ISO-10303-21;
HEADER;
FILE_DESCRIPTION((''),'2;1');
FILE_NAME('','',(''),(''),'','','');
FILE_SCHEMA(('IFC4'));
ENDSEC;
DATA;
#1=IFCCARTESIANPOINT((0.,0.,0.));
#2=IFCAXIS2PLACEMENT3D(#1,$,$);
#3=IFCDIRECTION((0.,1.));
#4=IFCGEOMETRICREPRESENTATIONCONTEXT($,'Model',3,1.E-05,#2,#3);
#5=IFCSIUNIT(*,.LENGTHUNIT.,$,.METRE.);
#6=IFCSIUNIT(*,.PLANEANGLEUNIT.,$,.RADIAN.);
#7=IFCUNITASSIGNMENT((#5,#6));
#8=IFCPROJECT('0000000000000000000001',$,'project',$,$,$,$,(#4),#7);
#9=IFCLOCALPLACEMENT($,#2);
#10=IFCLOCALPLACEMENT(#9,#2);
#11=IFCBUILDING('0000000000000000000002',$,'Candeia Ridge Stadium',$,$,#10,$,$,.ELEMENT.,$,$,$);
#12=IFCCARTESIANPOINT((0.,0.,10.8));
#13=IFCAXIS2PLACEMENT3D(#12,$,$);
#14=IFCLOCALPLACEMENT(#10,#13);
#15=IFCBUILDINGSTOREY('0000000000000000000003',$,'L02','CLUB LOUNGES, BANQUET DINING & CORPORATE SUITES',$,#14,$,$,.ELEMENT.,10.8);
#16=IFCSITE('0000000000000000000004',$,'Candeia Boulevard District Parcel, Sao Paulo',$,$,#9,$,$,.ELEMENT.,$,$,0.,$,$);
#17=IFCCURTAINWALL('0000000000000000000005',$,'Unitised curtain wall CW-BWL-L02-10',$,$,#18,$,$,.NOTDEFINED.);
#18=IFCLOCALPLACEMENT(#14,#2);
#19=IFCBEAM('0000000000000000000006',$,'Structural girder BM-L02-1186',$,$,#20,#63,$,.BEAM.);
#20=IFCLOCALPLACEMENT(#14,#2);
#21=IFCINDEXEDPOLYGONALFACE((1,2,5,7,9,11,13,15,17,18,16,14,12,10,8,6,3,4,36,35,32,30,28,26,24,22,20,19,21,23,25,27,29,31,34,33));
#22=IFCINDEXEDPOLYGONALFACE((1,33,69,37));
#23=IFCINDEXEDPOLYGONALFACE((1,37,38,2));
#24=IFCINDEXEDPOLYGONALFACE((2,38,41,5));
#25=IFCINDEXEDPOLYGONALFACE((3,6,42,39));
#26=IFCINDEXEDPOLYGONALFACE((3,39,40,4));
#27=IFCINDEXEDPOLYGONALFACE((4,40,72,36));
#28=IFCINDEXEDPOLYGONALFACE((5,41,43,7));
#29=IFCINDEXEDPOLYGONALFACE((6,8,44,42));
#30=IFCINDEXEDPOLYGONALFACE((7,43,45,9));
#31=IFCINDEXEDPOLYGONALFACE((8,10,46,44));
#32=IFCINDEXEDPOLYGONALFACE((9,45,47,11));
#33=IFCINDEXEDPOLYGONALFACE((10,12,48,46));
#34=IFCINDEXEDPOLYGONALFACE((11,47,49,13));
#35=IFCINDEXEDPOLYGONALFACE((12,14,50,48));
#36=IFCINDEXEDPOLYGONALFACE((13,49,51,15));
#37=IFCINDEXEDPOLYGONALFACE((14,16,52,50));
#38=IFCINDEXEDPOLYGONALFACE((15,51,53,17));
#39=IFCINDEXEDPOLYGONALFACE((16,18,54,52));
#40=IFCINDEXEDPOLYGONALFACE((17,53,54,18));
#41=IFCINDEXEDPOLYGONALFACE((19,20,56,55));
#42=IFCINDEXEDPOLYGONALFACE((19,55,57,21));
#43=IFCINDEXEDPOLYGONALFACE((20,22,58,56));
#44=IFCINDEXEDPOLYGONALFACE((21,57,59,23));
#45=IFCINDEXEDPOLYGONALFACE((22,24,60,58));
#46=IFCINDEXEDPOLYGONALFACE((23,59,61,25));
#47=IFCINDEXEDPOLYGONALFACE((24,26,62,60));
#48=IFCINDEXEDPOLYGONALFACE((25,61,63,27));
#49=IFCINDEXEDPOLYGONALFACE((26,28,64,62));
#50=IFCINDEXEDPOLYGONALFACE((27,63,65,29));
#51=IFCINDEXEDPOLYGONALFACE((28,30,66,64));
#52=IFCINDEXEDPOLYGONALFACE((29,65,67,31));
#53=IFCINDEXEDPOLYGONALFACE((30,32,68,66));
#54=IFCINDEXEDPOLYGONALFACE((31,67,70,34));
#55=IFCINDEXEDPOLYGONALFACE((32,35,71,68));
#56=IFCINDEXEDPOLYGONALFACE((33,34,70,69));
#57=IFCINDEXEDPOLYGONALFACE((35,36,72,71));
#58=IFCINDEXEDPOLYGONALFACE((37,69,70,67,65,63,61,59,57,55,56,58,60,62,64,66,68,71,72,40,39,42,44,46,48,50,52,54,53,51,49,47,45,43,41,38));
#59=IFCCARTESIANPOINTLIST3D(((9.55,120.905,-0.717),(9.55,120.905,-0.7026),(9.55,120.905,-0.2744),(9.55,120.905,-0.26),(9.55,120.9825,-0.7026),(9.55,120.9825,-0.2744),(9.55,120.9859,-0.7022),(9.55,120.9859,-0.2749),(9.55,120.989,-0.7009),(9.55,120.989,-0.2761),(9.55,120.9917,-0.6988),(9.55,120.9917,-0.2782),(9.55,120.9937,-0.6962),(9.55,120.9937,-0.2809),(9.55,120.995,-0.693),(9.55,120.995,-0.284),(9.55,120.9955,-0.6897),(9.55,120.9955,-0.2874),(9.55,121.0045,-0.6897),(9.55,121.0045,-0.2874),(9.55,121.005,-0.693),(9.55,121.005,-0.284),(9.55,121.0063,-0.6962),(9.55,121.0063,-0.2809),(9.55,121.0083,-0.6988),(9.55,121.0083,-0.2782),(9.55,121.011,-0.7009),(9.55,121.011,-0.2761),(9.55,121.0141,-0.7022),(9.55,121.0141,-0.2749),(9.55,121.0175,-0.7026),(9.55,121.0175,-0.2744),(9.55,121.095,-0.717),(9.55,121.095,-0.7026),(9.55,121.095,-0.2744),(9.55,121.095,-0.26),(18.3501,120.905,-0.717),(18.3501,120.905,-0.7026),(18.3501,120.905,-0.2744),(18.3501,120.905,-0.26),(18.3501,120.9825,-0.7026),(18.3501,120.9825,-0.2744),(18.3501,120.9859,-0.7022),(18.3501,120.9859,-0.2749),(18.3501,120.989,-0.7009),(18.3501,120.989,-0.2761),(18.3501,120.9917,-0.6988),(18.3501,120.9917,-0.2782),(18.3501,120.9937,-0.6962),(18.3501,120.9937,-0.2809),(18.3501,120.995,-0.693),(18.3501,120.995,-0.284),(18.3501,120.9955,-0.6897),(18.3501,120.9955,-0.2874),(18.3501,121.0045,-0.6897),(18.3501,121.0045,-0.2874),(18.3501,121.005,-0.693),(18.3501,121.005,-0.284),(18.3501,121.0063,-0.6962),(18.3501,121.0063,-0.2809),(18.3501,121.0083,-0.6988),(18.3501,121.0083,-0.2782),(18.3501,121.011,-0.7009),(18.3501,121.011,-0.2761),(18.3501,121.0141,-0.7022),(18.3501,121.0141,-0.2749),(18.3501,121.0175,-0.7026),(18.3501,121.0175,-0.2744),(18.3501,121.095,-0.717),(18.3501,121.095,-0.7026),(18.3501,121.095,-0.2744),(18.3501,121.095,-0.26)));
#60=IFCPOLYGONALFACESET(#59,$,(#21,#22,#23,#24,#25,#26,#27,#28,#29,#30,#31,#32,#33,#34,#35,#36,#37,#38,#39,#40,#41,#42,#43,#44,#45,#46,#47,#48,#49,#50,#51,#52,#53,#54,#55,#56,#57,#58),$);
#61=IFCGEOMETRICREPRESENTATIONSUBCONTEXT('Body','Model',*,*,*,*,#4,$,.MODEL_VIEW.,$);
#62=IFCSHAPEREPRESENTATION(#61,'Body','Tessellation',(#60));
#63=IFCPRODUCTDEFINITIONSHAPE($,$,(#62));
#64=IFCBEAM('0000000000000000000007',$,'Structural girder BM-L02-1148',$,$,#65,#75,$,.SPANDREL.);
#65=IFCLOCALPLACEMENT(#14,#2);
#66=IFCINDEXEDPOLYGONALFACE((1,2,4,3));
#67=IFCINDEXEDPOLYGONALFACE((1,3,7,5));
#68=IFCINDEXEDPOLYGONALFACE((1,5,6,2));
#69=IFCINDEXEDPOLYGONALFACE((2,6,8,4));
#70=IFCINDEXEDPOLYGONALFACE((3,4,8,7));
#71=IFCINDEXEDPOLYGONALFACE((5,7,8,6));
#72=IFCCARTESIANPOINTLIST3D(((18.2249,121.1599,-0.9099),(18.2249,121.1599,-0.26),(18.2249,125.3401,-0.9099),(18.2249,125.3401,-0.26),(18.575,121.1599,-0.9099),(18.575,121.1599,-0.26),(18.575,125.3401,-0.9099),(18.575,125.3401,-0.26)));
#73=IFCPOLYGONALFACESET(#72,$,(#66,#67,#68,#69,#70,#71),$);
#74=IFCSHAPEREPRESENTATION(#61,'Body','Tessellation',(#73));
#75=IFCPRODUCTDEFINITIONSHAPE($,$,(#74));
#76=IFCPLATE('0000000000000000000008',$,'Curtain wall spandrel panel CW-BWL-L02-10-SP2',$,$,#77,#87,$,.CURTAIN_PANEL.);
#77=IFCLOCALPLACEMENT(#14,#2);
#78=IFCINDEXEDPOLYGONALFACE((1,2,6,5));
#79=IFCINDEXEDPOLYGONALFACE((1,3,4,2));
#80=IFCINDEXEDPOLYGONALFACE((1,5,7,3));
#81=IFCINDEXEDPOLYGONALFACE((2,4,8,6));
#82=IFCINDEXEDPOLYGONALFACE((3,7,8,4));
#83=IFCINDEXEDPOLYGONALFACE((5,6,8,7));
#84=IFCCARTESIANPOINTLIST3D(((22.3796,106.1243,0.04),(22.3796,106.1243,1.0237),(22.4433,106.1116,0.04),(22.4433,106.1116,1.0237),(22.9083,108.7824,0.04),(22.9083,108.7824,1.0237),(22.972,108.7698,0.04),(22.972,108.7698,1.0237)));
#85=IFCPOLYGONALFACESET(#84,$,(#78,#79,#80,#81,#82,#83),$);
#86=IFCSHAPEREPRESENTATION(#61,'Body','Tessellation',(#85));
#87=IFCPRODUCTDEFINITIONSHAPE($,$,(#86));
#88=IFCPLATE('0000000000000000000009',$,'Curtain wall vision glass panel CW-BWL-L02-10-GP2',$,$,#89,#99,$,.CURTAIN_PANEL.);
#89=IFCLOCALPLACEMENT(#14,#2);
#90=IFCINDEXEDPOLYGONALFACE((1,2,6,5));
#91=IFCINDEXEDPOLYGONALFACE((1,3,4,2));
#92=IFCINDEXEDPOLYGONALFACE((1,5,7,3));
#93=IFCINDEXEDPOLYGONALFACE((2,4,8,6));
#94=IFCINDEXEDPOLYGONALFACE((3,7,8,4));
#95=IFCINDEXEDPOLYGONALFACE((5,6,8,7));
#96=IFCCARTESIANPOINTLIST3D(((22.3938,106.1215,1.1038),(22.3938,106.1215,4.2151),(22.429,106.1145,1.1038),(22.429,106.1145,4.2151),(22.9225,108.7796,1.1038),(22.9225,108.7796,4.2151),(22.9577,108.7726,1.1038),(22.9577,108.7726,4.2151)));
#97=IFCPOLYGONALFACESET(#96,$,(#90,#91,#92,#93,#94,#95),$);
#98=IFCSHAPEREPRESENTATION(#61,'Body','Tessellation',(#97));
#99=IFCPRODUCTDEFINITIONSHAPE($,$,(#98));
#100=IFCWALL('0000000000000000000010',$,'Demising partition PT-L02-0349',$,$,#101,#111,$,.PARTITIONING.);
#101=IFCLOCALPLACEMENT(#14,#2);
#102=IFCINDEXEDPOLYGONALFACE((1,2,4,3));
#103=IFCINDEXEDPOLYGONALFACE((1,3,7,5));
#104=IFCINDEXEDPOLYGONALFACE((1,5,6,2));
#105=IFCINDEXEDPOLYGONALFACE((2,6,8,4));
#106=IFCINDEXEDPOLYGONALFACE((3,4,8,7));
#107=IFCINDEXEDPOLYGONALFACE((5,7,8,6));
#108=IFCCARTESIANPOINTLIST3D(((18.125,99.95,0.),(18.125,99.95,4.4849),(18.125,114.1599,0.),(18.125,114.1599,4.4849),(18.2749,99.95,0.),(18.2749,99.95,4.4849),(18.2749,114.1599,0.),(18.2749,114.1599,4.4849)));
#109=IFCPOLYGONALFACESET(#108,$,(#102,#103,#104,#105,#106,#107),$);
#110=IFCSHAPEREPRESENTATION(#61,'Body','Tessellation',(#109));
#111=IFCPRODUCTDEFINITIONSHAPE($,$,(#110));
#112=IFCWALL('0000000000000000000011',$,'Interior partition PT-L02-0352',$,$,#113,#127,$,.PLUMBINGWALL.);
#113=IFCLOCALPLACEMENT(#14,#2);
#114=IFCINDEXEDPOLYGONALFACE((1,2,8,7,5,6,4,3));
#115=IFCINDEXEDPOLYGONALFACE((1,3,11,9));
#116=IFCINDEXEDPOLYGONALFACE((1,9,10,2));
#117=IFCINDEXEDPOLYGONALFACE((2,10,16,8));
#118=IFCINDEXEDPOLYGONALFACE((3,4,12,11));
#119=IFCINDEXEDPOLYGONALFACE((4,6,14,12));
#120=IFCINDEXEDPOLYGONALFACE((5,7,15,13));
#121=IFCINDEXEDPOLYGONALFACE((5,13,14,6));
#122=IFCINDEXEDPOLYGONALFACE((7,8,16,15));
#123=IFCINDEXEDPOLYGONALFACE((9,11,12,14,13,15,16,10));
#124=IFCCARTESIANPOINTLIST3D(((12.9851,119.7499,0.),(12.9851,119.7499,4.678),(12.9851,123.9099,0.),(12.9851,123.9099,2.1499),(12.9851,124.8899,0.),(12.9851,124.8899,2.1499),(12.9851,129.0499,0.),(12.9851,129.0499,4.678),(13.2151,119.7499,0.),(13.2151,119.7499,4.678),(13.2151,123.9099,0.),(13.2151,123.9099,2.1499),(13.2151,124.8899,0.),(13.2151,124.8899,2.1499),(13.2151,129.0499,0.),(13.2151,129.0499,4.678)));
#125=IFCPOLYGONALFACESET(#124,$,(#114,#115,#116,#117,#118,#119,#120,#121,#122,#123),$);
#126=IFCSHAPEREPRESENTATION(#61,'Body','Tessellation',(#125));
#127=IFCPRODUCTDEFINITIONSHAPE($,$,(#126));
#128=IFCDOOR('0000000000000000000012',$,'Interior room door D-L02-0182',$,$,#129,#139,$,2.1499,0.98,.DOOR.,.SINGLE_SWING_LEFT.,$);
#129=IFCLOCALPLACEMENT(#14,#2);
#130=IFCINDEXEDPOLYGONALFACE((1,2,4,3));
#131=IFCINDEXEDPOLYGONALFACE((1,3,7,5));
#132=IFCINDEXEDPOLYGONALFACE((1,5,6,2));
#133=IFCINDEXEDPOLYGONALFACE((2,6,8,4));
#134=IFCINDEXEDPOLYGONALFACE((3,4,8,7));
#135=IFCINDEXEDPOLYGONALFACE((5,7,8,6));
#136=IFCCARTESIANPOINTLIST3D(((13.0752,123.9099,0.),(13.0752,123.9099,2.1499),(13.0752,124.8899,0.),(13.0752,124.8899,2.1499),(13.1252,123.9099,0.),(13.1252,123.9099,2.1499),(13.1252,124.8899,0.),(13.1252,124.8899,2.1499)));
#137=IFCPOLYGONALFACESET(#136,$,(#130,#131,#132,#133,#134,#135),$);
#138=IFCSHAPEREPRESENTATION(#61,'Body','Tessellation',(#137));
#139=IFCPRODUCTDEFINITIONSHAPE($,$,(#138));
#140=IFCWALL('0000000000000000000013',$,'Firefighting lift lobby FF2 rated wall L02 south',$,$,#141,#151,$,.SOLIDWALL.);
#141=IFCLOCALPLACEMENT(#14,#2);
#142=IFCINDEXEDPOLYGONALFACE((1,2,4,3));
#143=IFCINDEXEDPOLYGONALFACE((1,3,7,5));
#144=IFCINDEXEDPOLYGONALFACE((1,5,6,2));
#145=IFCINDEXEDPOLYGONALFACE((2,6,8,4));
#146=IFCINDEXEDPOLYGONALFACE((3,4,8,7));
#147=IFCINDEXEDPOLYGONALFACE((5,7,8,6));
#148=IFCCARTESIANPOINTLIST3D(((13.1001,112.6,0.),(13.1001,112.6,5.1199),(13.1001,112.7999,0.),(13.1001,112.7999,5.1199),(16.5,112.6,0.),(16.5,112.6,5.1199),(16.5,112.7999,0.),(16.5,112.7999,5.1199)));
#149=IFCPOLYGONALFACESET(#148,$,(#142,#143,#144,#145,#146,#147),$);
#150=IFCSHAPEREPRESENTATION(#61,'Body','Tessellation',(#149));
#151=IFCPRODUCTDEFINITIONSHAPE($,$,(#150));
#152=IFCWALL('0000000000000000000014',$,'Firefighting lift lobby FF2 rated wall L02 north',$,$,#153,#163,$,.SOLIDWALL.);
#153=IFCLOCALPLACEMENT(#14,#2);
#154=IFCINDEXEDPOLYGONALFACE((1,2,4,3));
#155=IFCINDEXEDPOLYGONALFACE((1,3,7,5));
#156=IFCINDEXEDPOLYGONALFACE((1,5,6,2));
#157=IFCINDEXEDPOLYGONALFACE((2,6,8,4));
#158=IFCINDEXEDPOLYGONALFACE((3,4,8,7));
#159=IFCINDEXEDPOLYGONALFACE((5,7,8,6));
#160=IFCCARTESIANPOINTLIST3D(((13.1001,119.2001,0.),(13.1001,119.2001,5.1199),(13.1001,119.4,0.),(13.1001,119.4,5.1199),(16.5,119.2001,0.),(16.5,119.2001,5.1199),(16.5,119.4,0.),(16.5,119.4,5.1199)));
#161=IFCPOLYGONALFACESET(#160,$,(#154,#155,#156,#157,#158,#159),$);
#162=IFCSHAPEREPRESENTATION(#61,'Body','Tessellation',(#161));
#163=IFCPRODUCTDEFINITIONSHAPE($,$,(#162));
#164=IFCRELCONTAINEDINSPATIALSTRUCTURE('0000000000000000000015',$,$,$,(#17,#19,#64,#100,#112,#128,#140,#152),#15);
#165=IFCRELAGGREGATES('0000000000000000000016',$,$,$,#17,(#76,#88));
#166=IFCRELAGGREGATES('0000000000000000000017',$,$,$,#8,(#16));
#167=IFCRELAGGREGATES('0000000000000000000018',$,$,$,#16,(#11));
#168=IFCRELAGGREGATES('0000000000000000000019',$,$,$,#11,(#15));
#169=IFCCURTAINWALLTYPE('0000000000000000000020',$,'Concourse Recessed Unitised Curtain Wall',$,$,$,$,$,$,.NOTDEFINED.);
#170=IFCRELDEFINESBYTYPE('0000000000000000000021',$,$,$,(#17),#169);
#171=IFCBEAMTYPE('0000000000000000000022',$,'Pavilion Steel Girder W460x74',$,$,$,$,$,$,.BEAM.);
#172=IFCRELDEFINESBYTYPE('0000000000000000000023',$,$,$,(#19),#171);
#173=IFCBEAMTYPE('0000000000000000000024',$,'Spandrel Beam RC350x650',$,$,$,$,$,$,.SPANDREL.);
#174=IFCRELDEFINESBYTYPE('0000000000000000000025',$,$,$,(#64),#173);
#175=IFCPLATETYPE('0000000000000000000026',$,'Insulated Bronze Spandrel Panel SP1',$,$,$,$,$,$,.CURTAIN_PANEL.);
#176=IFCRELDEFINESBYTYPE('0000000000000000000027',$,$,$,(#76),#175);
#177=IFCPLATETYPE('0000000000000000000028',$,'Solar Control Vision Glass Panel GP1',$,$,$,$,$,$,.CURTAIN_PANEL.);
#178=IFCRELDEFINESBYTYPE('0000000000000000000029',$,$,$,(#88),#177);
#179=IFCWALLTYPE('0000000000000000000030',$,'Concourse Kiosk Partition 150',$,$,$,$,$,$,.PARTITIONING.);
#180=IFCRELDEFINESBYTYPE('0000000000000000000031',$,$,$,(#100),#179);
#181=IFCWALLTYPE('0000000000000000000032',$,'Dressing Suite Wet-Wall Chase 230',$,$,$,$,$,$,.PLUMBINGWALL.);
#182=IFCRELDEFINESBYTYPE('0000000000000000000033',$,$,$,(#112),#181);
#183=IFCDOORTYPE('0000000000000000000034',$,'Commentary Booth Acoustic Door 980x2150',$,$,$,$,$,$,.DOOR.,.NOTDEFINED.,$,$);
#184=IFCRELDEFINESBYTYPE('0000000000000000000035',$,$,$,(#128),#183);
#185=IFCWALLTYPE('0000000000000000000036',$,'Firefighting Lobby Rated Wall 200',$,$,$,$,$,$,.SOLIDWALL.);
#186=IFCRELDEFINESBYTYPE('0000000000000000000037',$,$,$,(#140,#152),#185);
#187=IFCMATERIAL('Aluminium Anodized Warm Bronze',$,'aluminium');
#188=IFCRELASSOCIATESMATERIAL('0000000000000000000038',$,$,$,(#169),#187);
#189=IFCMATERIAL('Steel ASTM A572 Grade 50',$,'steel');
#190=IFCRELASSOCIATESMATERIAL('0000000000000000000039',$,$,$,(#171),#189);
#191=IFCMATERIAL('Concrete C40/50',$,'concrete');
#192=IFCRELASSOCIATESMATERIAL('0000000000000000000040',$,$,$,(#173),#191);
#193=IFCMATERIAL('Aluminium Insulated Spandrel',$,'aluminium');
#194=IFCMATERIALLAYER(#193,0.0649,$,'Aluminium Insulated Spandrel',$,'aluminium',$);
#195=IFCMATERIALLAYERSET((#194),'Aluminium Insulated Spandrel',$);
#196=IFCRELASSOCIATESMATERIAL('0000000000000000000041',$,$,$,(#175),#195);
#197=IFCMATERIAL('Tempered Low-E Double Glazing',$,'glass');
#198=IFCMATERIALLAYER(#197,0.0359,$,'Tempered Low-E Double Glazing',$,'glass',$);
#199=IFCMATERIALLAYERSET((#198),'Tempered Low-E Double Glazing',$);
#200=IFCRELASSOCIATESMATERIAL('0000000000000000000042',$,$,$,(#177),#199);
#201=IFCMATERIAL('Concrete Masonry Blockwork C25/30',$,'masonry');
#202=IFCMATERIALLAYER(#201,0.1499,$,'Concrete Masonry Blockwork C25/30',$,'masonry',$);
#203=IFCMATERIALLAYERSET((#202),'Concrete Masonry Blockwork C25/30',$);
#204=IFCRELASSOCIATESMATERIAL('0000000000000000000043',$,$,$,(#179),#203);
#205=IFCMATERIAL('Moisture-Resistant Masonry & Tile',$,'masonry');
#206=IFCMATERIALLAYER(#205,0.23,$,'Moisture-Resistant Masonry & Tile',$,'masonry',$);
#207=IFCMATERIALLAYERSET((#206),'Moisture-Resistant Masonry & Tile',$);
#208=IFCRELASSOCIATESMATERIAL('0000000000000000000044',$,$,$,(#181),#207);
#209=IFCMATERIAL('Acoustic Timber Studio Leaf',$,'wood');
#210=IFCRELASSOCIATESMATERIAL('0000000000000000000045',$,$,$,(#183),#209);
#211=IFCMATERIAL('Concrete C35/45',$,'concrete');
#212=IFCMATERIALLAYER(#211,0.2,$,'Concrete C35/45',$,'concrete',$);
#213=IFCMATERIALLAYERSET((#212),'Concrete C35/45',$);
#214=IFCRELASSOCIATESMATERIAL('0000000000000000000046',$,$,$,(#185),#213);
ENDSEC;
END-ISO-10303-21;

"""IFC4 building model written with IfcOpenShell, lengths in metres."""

from ifc_helpers import new_model, si_unit, direction, frame, frame_2d, origin, origin_2d, place, context, subcontext, project, spatial, rectangle, i_section, extrude, material, layer, layer_set, material_profile, profile_set, type_object, element, fill, aggregate, save


model = new_model("IFC4")

# Units and contexts
model_context = context("Model", 3, precision=1e-05, world=origin(), true_north=direction((0.0, 1.0)))
body_context = subcontext(model_context, "Body", "Model", "MODEL_VIEW")
ifc_project = project(units=[si_unit("LENGTHUNIT", "METRE"), si_unit("PLANEANGLEUNIT", "RADIAN")], contexts=[model_context])

# Site, building, storey
site_placement = place(None, origin())
site = spatial("IfcSite", under=ifc_project, at=site_placement, Name="Candeia Boulevard District Parcel, Sao Paulo", CompositionType="ELEMENT", RefElevation=0.0)
building_placement = place(site_placement, origin())
building = spatial("IfcBuilding", under=site, at=building_placement, Name="Candeia Ridge Stadium", CompositionType="ELEMENT")
storey_placement = place(building_placement, frame((0.0, 0.0, 10.8)))
storey = spatial("IfcBuildingStorey", under=building, at=storey_placement, Name="L02", Description="CLUB LOUNGES, BANQUET DINING & CORPORATE SUITES", CompositionType="ELEMENT", Elevation=10.8)

# Shared definitions
ifc_material_1 = material(Name="Concrete C40/50", Category="concrete")

# Curtain wall
ifc_material_2 = material(Name="Aluminium Anodized Warm Bronze", Category="aluminium")
curtain_wall_type = type_object("IfcCurtainWallType", Name="Concourse Recessed Unitised Curtain Wall", PredefinedType="NOTDEFINED", material=ifc_material_2)
curtain_wall_placement = place(storey_placement, origin())
curtain_wall = element("IfcCurtainWall", 1, at=curtain_wall_placement, inside=storey, type_object=curtain_wall_type, Name="Unitised curtain wall CW-BWL-L02-10", PredefinedType="NOTDEFINED")

# Beams
ifc_material_3 = material(Name="Steel ASTM A572 Grade 50", Category="steel")
ifc_material_profile_1 = material_profile(ifc_material_3, i_section(OverallWidth=0.1899, OverallDepth=0.457, WebThickness=0.009, FlangeThickness=0.0144, FilletRadius=0.0129, at=origin_2d()), Name="W460x74", Category="steel")
ifc_profile_set_1 = profile_set([ifc_material_profile_1], Name="Steel ASTM A572 Grade 50")
beam_type_1 = type_object("IfcBeamType", Name="Pavilion Steel Girder W460x74", PredefinedType="BEAM", material=ifc_profile_set_1)
beam_1_placement = place(storey_placement, frame((9.55, 121.0, -0.4885), z_axis=(1.0, 0.0, 0.0), x_axis=(0.0, 1.0, 0.0)))
element("IfcBeam", 2, at=beam_1_placement, inside=storey, type_object=beam_type_1, Name="Structural girder BM-L02-1186", PredefinedType="BEAM", context=body_context, shape_type="SweptSolid", body=[
    extrude(i_section(OverallWidth=0.1899, OverallDepth=0.457, WebThickness=0.009, FlangeThickness=0.0144, FilletRadius=0.0129, at=origin_2d()), origin(), (0.0, 0.0, 1.0), 8.8),
])
ifc_material_profile_2 = material_profile(ifc_material_1, rectangle(XDim=0.3501, YDim=0.6499, at=origin_2d()), Name="RC350x650", Category="concrete")
ifc_profile_set_2 = profile_set([ifc_material_profile_2], Name="Concrete C40/50")
beam_type_2 = type_object("IfcBeamType", Name="Spandrel Beam RC350x650", PredefinedType="SPANDREL", material=ifc_profile_set_2)
beam_2_placement = place(storey_placement, frame((18.3999, 121.1599, -0.585), z_axis=(0.0, 1.0, 0.0), x_axis=(-1.0, 0.0, 0.0)))
element("IfcBeam", 3, at=beam_2_placement, inside=storey, type_object=beam_type_2, Name="Structural girder BM-L02-1148", PredefinedType="SPANDREL", context=body_context, shape_type="SweptSolid", body=[
    extrude(rectangle(XDim=0.3501, YDim=0.6499, at=origin_2d()), origin(), (0.0, 0.0, 1.0), 4.1802),
])

# Plates
ifc_material_4 = material(Name="Aluminium Insulated Spandrel", Category="aluminium")
ifc_layer_1 = layer(ifc_material_4, 0.0649, Name="Aluminium Insulated Spandrel", Category="aluminium")
ifc_layer_set_1 = layer_set([ifc_layer_1], Name="Aluminium Insulated Spandrel")
plate_type_1 = type_object("IfcPlateType", Name="Insulated Bronze Spandrel Panel SP1", PredefinedType="CURTAIN_PANEL", material=ifc_layer_set_1)
plate_1_placement = place(storey_placement, frame((22.6758, 107.447, 0.04), z_axis=(0.0, 0.0, 1.0), x_axis=(-0.19509, -0.980785, 0.0)))
plate_1 = element("IfcPlate", 4, at=plate_1_placement, type_object=plate_type_1, Name="Curtain wall spandrel panel CW-BWL-L02-10-SP2", PredefinedType="CURTAIN_PANEL", context=body_context, shape_type="SweptSolid", body=[
    extrude(rectangle(XDim=2.7102, YDim=0.0649, at=origin_2d()), origin(), (0.0, 0.0, 1.0), 0.9836),
])
ifc_material_5 = material(Name="Tempered Low-E Double Glazing", Category="glass")
ifc_layer_2 = layer(ifc_material_5, 0.0359, Name="Tempered Low-E Double Glazing", Category="glass")
ifc_layer_set_2 = layer_set([ifc_layer_2], Name="Tempered Low-E Double Glazing")
plate_type_2 = type_object("IfcPlateType", Name="Solar Control Vision Glass Panel GP1", PredefinedType="CURTAIN_PANEL", material=ifc_layer_set_2)
plate_2_placement = place(storey_placement, frame((22.6758, 107.447, 1.1038), z_axis=(0.0, 0.0, 1.0), x_axis=(-0.19509, -0.980785, 0.0)))
plate_2 = element("IfcPlate", 5, at=plate_2_placement, type_object=plate_type_2, Name="Curtain wall vision glass panel CW-BWL-L02-10-GP2", PredefinedType="CURTAIN_PANEL", context=body_context, shape_type="SweptSolid", body=[
    extrude(rectangle(XDim=2.7102, YDim=0.0359, at=origin_2d()), origin(), (0.0, 0.0, 1.0), 3.1113),
])
aggregate(curtain_wall, [plate_1, plate_2])

# Wall
ifc_material_6 = material(Name="Concrete Masonry Blockwork C25/30", Category="masonry")
ifc_layer_3 = layer(ifc_material_6, 0.1499, Name="Concrete Masonry Blockwork C25/30", Category="masonry")
ifc_layer_set_3 = layer_set([ifc_layer_3], Name="Concrete Masonry Blockwork C25/30")
wall_type_1 = type_object("IfcWallType", Name="Concourse Kiosk Partition 150", PredefinedType="PARTITIONING", material=ifc_layer_set_3)
wall_1_placement = place(storey_placement, frame((18.2, 114.1599, 0.0), z_axis=(0.0, 0.0, 1.0), x_axis=(0.0, -1.0, 0.0)))
element("IfcWall", 6, at=wall_1_placement, inside=storey, type_object=wall_type_1, Name="Demising partition PT-L02-0349", PredefinedType="PARTITIONING", context=body_context, shape_type="SweptSolid", body=[
    extrude(rectangle(XDim=14.21, YDim=0.1499, at=frame_2d((7.105, 0.0))), origin(), (0.0, 0.0, 1.0), 4.4849),
])

# Wall, opening, door
ifc_material_7 = material(Name="Moisture-Resistant Masonry & Tile", Category="masonry")
ifc_layer_4 = layer(ifc_material_7, 0.23, Name="Moisture-Resistant Masonry & Tile", Category="masonry")
ifc_layer_set_4 = layer_set([ifc_layer_4], Name="Moisture-Resistant Masonry & Tile")
wall_type_2 = type_object("IfcWallType", Name="Dressing Suite Wet-Wall Chase 230", PredefinedType="PLUMBINGWALL", material=ifc_layer_set_4)
wall_2_placement = place(storey_placement, frame((13.1001, 119.75, 0.0), z_axis=(0.0, 0.0, 1.0), x_axis=(0.0, 1.0, 0.0)))
wall_2 = element("IfcWall", 7, at=wall_2_placement, inside=storey, type_object=wall_type_2, Name="Interior partition PT-L02-0352", PredefinedType="PLUMBINGWALL", context=body_context, shape_type="SweptSolid", body=[
    extrude(rectangle(XDim=9.3, YDim=0.23, at=frame_2d((4.6499, 0.0))), origin(), (0.0, 0.0, 1.0), 4.678),
])
opening_1_placement = place(wall_2_placement, frame((4.1599, 0.0, 0.0)))
opening_1 = element("IfcOpeningElement", 8, at=opening_1_placement, cuts=wall_2, PredefinedType="OPENING", context=body_context, shape_type="SweptSolid", body=[
    extrude(rectangle(XDim=0.98, YDim=2.1499, at=frame_2d((0.49, 1.075))), frame((0.0, 0.125, 0.0), z_axis=(0.0, -1.0, 0.0), x_axis=(1.0, 0.0, 0.0)), (0.0, 0.0, 1.0), 0.25),
])
ifc_material_8 = material(Name="Acoustic Timber Studio Leaf", Category="wood")
door_type_1 = type_object("IfcDoorType", Name="Commentary Booth Acoustic Door 980x2150", OperationType="NOTDEFINED", PredefinedType="DOOR", material=ifc_material_8)
door_1_placement = place(opening_1_placement, origin())
door_1 = element("IfcDoor", 9, at=door_1_placement, inside=storey, type_object=door_type_1, Name="Interior room door D-L02-0182", OperationType="SINGLE_SWING_LEFT", OverallHeight=2.1499, OverallWidth=0.98, PredefinedType="DOOR", context=body_context, shape_type="SweptSolid", body=[
    extrude(rectangle(XDim=0.98, YDim=2.1499, at=frame_2d((0.49, 1.075))), frame((0.0, 0.0249, 0.0), z_axis=(0.0, -1.0, 0.0), x_axis=(1.0, 0.0, 0.0)), (0.0, 0.0, 1.0), 0.05),
])
fill(opening_1, door_1)

# Walls
ifc_material_9 = material(Name="Concrete C35/45", Category="concrete")
ifc_layer_5 = layer(ifc_material_9, 0.2, Name="Concrete C35/45", Category="concrete")
ifc_layer_set_5 = layer_set([ifc_layer_5], Name="Concrete C35/45")
wall_type_3 = type_object("IfcWallType", Name="Firefighting Lobby Rated Wall 200", PredefinedType="SOLIDWALL", material=ifc_layer_set_5)
for number, where, z_axis, x_axis, name in (
    (10, (13.1001, 112.7, 0.0), (0.0, 0.0, 1.0), (1.0, 0.0, 0.0), "Firefighting lift lobby FF2 rated wall L02 south"),
    (11, (16.5, 119.3, 0.0), (0.0, 0.0, 1.0), (-1.0, 0.0, 0.0), "Firefighting lift lobby FF2 rated wall L02 north"),
):
    element("IfcWall", number, at=place(storey_placement, frame(where, z_axis=z_axis, x_axis=x_axis)), inside=storey, type_object=wall_type_3, Name=name, PredefinedType="SOLIDWALL", context=body_context, shape_type="SweptSolid", body=[
        extrude(rectangle(XDim=3.3999, YDim=0.2, at=frame_2d((1.7, 0.0))), origin(), (0.0, 0.0, 1.0), 5.1199),
    ])

save(model, "model.ifc")
